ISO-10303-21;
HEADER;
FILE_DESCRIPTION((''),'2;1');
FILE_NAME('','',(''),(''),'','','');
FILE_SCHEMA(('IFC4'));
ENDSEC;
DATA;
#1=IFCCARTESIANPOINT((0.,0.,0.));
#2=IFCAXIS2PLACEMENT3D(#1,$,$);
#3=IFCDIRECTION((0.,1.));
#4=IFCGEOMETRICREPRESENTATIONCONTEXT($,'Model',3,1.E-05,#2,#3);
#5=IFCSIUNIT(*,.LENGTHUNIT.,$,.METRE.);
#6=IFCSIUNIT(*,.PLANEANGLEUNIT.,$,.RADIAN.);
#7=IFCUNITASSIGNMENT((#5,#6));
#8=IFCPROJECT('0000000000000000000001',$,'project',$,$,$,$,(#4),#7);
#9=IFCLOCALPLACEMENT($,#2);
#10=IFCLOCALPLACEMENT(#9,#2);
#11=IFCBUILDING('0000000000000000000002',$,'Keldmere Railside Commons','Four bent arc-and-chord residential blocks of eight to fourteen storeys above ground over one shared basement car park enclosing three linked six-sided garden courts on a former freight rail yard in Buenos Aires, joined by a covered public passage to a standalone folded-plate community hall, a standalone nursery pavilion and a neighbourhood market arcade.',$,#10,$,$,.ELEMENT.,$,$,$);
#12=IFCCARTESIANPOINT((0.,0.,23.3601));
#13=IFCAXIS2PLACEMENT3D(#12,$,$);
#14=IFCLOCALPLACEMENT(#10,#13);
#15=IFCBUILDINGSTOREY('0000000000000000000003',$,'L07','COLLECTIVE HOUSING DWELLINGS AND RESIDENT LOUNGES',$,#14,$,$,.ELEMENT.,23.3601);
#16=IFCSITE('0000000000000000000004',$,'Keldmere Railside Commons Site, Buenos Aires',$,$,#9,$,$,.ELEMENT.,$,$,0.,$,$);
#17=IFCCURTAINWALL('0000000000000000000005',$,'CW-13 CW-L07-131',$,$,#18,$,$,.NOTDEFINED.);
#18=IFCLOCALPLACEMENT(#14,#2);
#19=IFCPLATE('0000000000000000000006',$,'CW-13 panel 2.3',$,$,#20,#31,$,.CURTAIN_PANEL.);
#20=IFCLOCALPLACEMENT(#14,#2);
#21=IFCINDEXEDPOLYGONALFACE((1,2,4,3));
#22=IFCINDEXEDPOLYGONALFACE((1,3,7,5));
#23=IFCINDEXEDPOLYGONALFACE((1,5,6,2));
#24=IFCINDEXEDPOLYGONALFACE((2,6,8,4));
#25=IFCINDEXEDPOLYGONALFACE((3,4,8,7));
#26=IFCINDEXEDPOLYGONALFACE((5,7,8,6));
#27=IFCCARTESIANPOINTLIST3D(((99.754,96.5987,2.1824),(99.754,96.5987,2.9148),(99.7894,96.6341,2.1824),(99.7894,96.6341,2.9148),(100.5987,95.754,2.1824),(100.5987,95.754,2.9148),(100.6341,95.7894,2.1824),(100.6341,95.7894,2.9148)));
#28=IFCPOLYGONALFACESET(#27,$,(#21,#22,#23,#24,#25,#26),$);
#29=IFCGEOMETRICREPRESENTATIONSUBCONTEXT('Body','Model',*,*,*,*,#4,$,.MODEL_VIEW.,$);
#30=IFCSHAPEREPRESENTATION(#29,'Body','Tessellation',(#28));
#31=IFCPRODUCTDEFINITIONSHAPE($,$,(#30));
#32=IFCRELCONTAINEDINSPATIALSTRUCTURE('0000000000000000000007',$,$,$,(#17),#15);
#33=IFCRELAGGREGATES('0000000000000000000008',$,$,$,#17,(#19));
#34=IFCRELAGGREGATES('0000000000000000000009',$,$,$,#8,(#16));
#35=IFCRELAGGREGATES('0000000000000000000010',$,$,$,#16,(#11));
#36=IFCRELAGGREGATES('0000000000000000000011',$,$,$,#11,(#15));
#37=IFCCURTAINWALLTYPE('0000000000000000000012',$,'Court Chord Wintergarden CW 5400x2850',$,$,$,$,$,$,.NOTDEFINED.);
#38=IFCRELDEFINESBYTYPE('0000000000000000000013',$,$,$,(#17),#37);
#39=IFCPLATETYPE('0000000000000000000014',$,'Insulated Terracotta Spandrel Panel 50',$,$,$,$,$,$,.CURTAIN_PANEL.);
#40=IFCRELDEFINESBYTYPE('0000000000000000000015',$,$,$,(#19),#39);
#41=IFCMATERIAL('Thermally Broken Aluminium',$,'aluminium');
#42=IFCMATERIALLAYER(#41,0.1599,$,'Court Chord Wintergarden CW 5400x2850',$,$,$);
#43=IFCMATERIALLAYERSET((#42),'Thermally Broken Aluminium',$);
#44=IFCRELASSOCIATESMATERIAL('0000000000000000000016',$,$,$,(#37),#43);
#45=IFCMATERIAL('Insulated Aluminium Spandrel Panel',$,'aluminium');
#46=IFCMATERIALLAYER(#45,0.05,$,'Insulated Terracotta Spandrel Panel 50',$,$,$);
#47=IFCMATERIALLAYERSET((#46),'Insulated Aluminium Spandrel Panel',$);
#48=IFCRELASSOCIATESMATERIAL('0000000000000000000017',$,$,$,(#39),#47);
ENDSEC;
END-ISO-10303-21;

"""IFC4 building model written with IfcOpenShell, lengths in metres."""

from ifc_helpers import new_model, si_unit, direction, frame, origin, origin_2d, place, context, subcontext, project, spatial, rectangle, extrude, material, layer, layer_set, type_object, element, aggregate, save


model = new_model("IFC4")

# Units and contexts
model_context = context("Model", 3, precision=1e-05, world=origin(), true_north=direction((0.0, 1.0)))
body_context = subcontext(model_context, "Body", "Model", "MODEL_VIEW")
ifc_project = project(units=[si_unit("LENGTHUNIT", "METRE"), si_unit("PLANEANGLEUNIT", "RADIAN")], contexts=[model_context])

# Site, building, storey
site_placement = place(None, origin())
site = spatial("IfcSite", under=ifc_project, at=site_placement, Name="Keldmere Railside Commons Site, Buenos Aires", CompositionType="ELEMENT", RefElevation=0.0)
building_placement = place(site_placement, origin())
building = spatial("IfcBuilding", under=site, at=building_placement, Name="Keldmere Railside Commons", Description="Four bent arc-and-chord residential blocks of eight to fourteen storeys above ground over one shared basement car park enclosing three linked six-sided garden courts on a former freight rail yard in Buenos Aires, joined by a covered public passage to a standalone folded-plate community hall, a standalone nursery pavilion and a neighbourhood market arcade.", CompositionType="ELEMENT")
storey_placement = place(building_placement, frame((0.0, 0.0, 23.3601)))
storey = spatial("IfcBuildingStorey", under=building, at=storey_placement, Name="L07", Description="COLLECTIVE HOUSING DWELLINGS AND RESIDENT LOUNGES", CompositionType="ELEMENT", Elevation=23.3601)

# Curtain wall
ifc_material_1 = material(Name="Thermally Broken Aluminium", Category="aluminium")
ifc_layer_1 = layer(ifc_material_1, 0.1599, Name="Court Chord Wintergarden CW 5400x2850")
ifc_layer_set_1 = layer_set([ifc_layer_1], Name="Thermally Broken Aluminium")
curtain_wall_type_1 = type_object("IfcCurtainWallType", Name="Court Chord Wintergarden CW 5400x2850", PredefinedType="NOTDEFINED", material=ifc_layer_set_1)
curtain_wall_1_placement = place(storey_placement, origin())
curtain_wall_1 = element("IfcCurtainWall", 1, at=curtain_wall_1_placement, inside=storey, type_object=curtain_wall_type_1, Name="CW-13 CW-L07-131", PredefinedType="NOTDEFINED")

# Plate
ifc_material_2 = material(Name="Insulated Aluminium Spandrel Panel", Category="aluminium")
ifc_layer_2 = layer(ifc_material_2, 0.05, Name="Insulated Terracotta Spandrel Panel 50")
ifc_layer_set_2 = layer_set([ifc_layer_2], Name="Insulated Aluminium Spandrel Panel")
plate_type_1 = type_object("IfcPlateType", Name="Insulated Terracotta Spandrel Panel 50", PredefinedType="CURTAIN_PANEL", material=ifc_layer_set_2)
plate_1_placement = place(storey_placement, frame((100.1941, 96.1941, 2.1824), z_axis=(0.0, 0.0, 1.0), x_axis=(-0.707107, 0.707107, 0.0)))
plate_1 = element("IfcPlate", 2, at=plate_1_placement, type_object=plate_type_1, Name="CW-13 panel 2.3", PredefinedType="CURTAIN_PANEL", context=body_context, shape_type="SweptSolid", body=[
    extrude(rectangle(XDim=1.1946, YDim=0.05, at=origin_2d()), origin(), (0.0, 0.0, 1.0), 0.7324),
])
aggregate(curtain_wall_1, [plate_1])

save(model, "model.ifc")
